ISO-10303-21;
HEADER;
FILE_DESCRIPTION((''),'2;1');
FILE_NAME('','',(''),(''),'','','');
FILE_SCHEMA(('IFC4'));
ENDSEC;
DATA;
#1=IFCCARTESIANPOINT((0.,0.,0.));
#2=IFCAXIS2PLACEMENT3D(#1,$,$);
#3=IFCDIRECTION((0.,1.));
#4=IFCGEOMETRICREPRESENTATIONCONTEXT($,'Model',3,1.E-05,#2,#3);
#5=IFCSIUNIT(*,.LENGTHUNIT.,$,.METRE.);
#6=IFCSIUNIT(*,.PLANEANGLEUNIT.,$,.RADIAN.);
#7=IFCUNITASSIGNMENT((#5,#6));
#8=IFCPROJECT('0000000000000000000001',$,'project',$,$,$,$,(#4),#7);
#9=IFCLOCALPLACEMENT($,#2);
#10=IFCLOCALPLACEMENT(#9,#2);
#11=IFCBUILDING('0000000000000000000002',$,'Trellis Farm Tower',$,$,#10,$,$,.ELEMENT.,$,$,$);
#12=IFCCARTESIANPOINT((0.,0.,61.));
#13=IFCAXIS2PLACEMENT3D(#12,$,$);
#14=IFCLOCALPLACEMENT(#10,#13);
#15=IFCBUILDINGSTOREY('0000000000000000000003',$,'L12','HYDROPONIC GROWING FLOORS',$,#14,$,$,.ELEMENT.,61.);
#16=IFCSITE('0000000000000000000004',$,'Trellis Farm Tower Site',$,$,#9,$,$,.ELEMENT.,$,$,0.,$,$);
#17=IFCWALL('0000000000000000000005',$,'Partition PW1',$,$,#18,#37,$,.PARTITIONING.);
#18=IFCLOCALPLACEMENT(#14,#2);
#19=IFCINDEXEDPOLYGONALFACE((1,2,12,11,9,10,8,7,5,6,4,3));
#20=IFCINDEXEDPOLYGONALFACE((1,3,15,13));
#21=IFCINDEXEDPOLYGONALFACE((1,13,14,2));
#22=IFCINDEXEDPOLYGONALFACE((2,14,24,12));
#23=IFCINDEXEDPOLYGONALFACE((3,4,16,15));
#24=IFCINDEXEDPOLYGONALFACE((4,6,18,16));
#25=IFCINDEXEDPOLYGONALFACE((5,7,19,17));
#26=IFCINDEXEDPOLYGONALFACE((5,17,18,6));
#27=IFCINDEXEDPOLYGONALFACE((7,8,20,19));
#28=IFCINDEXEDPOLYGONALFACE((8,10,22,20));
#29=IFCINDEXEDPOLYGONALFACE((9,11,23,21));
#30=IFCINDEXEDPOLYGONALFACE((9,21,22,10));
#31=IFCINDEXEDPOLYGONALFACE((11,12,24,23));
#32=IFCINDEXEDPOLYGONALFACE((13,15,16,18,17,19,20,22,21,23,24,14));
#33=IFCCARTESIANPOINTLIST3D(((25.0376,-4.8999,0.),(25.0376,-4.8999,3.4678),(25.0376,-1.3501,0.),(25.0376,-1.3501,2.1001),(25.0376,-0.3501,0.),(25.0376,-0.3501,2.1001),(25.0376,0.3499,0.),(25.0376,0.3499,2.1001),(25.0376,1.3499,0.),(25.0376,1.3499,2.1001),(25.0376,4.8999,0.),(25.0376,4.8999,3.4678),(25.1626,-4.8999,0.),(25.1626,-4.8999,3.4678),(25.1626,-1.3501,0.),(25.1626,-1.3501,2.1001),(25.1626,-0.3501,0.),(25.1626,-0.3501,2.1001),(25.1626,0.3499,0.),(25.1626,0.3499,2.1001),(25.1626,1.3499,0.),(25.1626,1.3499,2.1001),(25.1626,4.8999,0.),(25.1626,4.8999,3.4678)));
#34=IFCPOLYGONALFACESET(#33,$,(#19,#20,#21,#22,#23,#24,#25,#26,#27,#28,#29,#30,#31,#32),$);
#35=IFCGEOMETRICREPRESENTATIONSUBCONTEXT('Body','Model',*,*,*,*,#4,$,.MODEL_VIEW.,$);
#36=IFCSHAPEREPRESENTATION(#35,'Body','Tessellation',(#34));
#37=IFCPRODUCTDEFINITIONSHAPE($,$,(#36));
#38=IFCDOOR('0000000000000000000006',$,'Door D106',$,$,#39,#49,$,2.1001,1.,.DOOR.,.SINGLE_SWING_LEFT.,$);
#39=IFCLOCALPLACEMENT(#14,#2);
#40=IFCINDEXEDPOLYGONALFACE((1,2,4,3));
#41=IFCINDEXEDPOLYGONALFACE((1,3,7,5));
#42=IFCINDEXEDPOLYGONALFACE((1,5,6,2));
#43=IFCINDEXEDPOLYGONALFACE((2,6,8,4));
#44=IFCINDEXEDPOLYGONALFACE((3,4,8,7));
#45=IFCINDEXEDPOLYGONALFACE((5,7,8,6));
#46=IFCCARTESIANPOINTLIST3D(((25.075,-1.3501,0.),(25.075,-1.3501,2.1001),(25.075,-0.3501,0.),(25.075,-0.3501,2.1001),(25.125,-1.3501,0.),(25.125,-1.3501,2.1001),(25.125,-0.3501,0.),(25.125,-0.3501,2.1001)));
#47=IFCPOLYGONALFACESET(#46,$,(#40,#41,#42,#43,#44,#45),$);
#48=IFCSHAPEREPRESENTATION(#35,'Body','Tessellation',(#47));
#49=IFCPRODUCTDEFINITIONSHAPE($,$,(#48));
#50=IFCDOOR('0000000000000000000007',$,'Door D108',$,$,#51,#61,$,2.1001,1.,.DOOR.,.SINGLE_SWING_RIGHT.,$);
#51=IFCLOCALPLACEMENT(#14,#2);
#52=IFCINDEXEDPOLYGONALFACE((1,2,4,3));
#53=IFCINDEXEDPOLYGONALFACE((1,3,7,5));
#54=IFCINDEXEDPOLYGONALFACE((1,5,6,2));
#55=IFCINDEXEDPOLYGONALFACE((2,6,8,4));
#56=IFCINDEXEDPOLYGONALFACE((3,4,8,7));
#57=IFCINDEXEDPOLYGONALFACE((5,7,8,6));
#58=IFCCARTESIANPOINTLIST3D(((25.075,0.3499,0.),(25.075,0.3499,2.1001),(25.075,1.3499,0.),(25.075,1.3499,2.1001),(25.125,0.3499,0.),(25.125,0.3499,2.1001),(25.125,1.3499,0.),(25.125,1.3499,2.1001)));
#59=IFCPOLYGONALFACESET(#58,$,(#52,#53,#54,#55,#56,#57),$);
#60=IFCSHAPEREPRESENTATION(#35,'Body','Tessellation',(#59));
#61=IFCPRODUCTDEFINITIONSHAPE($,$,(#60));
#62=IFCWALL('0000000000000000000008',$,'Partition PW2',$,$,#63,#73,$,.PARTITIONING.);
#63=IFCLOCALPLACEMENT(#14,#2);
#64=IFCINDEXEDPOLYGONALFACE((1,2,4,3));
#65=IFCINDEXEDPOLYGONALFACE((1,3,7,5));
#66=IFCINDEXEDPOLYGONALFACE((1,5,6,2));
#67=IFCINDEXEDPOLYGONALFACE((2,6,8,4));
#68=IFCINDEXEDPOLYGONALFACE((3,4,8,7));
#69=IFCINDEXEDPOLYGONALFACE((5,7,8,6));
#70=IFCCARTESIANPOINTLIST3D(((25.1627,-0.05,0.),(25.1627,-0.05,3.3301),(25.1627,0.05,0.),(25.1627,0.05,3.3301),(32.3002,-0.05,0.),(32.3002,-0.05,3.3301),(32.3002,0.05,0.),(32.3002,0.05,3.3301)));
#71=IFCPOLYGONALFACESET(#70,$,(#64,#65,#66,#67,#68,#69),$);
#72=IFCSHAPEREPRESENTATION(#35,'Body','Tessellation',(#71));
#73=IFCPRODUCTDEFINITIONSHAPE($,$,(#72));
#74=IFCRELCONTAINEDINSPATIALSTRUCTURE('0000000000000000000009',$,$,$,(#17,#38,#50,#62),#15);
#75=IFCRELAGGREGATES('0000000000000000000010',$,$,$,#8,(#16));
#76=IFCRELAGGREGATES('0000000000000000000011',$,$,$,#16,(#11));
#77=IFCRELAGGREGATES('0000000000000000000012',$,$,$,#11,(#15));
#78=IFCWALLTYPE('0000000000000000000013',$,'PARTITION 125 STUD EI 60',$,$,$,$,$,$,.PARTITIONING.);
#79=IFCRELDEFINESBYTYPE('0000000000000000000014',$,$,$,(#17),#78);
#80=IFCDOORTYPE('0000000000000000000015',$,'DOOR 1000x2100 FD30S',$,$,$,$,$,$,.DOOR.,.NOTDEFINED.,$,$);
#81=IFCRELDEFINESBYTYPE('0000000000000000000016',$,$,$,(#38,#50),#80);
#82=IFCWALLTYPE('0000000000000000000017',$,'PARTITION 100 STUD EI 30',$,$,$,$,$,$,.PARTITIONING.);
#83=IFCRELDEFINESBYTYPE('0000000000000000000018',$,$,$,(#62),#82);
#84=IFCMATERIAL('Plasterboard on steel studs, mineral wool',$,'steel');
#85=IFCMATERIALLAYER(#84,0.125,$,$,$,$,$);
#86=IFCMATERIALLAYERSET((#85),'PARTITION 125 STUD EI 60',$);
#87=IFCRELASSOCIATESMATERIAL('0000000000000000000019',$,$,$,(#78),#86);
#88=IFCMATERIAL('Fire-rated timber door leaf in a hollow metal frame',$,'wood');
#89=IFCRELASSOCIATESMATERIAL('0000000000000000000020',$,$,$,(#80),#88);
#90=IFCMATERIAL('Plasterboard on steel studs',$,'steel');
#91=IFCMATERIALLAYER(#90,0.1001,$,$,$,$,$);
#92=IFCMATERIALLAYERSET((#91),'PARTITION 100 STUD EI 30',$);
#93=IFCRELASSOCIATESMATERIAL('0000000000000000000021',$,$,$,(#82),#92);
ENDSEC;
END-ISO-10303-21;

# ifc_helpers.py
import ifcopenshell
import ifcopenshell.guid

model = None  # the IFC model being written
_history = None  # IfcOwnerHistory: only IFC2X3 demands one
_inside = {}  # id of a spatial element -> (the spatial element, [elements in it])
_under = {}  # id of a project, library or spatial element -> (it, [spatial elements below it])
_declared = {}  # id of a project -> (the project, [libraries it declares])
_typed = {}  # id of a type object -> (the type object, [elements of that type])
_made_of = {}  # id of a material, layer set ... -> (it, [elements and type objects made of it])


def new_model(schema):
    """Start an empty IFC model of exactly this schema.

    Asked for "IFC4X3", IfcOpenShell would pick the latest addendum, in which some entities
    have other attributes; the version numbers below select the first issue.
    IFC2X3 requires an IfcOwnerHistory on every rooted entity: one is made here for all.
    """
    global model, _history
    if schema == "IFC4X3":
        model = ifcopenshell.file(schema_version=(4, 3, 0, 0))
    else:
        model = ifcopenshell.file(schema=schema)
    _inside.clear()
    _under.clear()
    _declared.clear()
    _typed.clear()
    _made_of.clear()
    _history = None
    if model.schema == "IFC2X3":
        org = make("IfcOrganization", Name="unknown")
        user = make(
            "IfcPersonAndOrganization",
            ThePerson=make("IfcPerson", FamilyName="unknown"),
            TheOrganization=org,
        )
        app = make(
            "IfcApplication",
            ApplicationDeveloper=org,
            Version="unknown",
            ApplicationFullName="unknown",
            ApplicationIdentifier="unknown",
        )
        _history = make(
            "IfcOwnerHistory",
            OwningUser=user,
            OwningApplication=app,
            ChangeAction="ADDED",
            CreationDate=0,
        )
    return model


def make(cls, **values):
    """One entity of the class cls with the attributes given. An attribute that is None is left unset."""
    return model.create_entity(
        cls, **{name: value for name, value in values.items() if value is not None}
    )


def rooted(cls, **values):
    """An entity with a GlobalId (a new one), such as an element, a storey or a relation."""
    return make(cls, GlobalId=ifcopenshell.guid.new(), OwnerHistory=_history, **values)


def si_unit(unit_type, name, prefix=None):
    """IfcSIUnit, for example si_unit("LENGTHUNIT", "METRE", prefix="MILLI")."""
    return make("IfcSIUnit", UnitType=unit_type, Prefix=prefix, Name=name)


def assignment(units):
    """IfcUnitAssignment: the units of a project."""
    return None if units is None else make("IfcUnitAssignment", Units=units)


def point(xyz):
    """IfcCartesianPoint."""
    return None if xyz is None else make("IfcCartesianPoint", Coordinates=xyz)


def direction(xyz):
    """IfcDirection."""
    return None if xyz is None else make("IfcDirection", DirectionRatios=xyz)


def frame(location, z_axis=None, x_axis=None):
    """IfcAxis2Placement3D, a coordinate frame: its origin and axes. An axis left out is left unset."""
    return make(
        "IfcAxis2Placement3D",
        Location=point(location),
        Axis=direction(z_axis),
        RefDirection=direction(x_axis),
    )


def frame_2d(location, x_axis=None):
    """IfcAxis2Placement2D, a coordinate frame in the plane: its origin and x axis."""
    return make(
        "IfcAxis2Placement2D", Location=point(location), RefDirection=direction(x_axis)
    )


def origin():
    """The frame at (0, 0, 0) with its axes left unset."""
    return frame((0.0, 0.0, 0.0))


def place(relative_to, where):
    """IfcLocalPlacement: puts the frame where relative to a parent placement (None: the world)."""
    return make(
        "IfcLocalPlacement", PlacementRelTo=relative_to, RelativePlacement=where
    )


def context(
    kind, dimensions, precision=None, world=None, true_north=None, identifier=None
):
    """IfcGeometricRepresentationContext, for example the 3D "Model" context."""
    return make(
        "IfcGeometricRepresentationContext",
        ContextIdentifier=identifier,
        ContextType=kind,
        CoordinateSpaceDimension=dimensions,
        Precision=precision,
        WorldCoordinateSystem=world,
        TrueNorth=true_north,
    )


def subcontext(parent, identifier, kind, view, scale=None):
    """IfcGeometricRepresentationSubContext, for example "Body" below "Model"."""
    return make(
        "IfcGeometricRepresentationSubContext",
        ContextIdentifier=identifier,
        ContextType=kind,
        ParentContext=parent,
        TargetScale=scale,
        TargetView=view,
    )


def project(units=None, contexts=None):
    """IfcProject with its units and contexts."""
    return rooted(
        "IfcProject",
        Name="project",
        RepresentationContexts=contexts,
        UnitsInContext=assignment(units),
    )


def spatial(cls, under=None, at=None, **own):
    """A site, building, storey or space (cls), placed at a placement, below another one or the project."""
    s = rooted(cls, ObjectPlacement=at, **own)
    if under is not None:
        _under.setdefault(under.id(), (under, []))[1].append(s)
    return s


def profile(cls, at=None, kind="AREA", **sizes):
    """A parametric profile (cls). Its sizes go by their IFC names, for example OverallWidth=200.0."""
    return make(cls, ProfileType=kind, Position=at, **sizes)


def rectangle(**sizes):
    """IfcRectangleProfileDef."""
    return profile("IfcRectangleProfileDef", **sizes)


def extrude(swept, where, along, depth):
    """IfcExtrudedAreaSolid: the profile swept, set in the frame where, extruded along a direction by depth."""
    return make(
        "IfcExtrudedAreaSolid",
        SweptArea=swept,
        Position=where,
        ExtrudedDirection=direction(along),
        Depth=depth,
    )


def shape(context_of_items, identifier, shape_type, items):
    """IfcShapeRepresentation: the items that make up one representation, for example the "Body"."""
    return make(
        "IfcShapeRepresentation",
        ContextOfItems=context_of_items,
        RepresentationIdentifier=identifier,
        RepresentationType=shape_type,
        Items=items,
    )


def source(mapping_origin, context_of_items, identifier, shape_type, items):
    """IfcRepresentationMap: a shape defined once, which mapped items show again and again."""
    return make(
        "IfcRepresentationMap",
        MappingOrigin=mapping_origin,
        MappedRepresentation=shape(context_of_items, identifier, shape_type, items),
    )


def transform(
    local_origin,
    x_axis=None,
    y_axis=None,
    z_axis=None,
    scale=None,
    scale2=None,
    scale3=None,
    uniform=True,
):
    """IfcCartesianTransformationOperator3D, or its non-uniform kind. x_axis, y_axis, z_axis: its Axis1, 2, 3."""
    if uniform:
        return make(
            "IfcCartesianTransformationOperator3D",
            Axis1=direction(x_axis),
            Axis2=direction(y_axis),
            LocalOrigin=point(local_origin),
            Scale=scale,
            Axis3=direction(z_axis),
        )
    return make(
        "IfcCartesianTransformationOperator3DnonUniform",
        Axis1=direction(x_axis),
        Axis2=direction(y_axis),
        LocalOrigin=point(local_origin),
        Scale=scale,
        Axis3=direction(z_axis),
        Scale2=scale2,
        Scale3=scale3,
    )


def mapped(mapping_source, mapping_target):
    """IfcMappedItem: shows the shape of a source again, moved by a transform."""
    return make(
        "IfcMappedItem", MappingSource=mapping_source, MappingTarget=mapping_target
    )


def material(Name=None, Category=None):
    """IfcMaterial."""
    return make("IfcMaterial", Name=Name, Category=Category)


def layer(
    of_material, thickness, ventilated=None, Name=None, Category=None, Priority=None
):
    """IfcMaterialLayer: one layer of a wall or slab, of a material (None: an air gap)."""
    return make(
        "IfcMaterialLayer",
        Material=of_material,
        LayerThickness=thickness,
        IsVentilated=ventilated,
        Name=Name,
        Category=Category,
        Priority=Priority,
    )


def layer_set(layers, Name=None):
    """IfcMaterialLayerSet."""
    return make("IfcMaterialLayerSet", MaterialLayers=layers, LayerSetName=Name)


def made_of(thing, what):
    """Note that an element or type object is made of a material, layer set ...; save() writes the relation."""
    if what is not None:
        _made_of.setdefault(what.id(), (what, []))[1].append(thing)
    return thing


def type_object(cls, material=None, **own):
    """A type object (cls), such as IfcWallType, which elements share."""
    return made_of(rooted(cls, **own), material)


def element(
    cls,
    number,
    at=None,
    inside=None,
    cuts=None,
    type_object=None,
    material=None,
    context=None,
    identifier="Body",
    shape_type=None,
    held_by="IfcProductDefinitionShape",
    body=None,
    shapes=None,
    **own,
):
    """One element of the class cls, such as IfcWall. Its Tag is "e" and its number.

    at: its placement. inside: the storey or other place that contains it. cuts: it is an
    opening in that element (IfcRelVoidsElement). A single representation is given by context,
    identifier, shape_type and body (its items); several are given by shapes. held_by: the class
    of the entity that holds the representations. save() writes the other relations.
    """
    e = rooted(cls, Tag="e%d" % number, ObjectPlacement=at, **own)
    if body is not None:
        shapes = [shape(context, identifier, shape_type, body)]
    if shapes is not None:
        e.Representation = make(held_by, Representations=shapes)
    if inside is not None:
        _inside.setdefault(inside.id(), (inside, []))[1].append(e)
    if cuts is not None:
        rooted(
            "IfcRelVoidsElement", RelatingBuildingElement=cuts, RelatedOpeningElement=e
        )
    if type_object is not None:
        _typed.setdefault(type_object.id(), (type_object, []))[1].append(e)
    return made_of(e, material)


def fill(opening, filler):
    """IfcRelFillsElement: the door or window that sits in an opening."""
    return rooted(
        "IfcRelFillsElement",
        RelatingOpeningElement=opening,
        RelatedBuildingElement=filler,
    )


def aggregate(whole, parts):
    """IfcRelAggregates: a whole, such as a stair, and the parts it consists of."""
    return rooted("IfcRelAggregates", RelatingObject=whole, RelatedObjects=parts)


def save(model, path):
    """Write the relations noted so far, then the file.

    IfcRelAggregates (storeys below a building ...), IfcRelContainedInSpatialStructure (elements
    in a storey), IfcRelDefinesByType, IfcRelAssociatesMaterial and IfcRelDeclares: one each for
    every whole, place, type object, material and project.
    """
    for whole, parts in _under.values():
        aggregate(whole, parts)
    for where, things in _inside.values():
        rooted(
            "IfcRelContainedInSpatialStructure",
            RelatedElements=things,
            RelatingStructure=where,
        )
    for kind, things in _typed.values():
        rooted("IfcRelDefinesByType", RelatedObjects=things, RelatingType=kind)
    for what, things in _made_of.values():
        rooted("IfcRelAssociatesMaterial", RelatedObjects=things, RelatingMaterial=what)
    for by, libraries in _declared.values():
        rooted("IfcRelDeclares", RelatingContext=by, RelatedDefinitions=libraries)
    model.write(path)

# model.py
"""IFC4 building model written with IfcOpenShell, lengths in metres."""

from ifc_helpers import new_model, si_unit, direction, frame, frame_2d, origin, place, context, subcontext, project, spatial, rectangle, extrude, source, transform, mapped, material, layer, layer_set, type_object, element, fill, save


model = new_model("IFC4")

# Units and contexts
model_context = context("Model", 3, precision=1e-05, world=origin(), true_north=direction((0.0, 1.0)))
body_context = subcontext(model_context, "Body", "Model", "MODEL_VIEW")
ifc_project = project(units=[si_unit("LENGTHUNIT", "METRE"), si_unit("PLANEANGLEUNIT", "RADIAN")], contexts=[model_context])

# Site, building, storey
site_placement = place(None, origin())
site = spatial("IfcSite", under=ifc_project, at=site_placement, Name="Trellis Farm Tower Site", CompositionType="ELEMENT", RefElevation=0.0)
building_placement = place(site_placement, origin())
building = spatial("IfcBuilding", under=site, at=building_placement, Name="Trellis Farm Tower", CompositionType="ELEMENT")
storey_placement = place(building_placement, frame((0.0, 0.0, 61.0)))
storey = spatial("IfcBuildingStorey", under=building, at=storey_placement, Name="L12", Description="HYDROPONIC GROWING FLOORS", CompositionType="ELEMENT", Elevation=61.0)

# Wall, openings, doors
ifc_material_1 = material(Name="Plasterboard on steel studs, mineral wool", Category="steel")
ifc_layer_1 = layer(ifc_material_1, 0.125)
ifc_layer_set_1 = layer_set([ifc_layer_1], Name="PARTITION 125 STUD EI 60")
wall_type_1 = type_object("IfcWallType", Name="PARTITION 125 STUD EI 60", PredefinedType="PARTITIONING", material=ifc_layer_set_1)
shared_shape_1 = source(origin(), body_context, "Body", "SweptSolid", [
    extrude(rectangle(XDim=9.7998, YDim=0.125, at=frame_2d((4.8999, 0.0))), origin(), (0.0, 0.0, 1.0), 3.4678),
])
wall_1_placement = place(storey_placement, frame((25.1001, 4.8999, 0.0), z_axis=(0.0, 0.0, 1.0), x_axis=(0.0, -1.0, 0.0)))
wall_1 = element("IfcWall", 1, at=wall_1_placement, inside=storey, type_object=wall_type_1, Name="Partition PW1", PredefinedType="PARTITIONING", context=body_context, shape_type="MappedRepresentation", body=[
    mapped(shared_shape_1, transform((0.0, 0.0, 0.0))),
])
shared_shape_2 = source(origin(), body_context, "Body", "SweptSolid", [
    extrude(rectangle(XDim=1.0, YDim=2.1001, at=frame_2d((0.5, 1.05))), frame((0.0, 0.0725, 0.0), z_axis=(0.0, -1.0, 0.0), x_axis=(1.0, 0.0, 0.0)), (0.0, 0.0, 1.0), 0.145),
])
opening_1_placement = place(wall_1_placement, frame((5.25, 0.0, 0.0)))
opening_1 = element("IfcOpeningElement", 2, at=opening_1_placement, cuts=wall_1, PredefinedType="OPENING", context=body_context, shape_type="MappedRepresentation", body=[
    mapped(shared_shape_2, transform((0.0, 0.0, 0.0))),
])
opening_2_placement = place(wall_1_placement, frame((3.55, 0.0, 0.0)))
opening_2 = element("IfcOpeningElement", 3, at=opening_2_placement, cuts=wall_1, PredefinedType="OPENING", context=body_context, shape_type="MappedRepresentation", body=[
    mapped(shared_shape_2, transform((0.0, 0.0, 0.0))),
])
ifc_material_2 = material(Name="Fire-rated timber door leaf in a hollow metal frame", Category="wood")
door_type_1 = type_object("IfcDoorType", Name="DOOR 1000x2100 FD30S", OperationType="NOTDEFINED", PredefinedType="DOOR", material=ifc_material_2)
shared_shape_3 = source(origin(), body_context, "Body", "SweptSolid", [
    extrude(rectangle(XDim=1.0, YDim=2.1001, at=frame_2d((0.5, 1.05))), frame((0.0, 0.0249, 0.0), z_axis=(0.0, -1.0, 0.0), x_axis=(1.0, 0.0, 0.0)), (0.0, 0.0, 1.0), 0.05),
])
door_1_placement = place(opening_1_placement, origin())
door_1 = element("IfcDoor", 4, at=door_1_placement, inside=storey, type_object=door_type_1, Name="Door D106", OperationType="SINGLE_SWING_LEFT", OverallHeight=2.1001, OverallWidth=1.0, PredefinedType="DOOR", context=body_context, shape_type="MappedRepresentation", body=[
    mapped(shared_shape_3, transform((0.0, 0.0, 0.0))),
])
fill(opening_1, door_1)
door_2_placement = place(opening_2_placement, origin())
door_2 = element("IfcDoor", 5, at=door_2_placement, inside=storey, type_object=door_type_1, Name="Door D108", OperationType="SINGLE_SWING_RIGHT", OverallHeight=2.1001, OverallWidth=1.0, PredefinedType="DOOR", context=body_context, shape_type="MappedRepresentation", body=[
    mapped(shared_shape_3, transform((0.0, 0.0, 0.0))),
])
fill(opening_2, door_2)

# Wall
ifc_material_3 = material(Name="Plasterboard on steel studs", Category="steel")
ifc_layer_2 = layer(ifc_material_3, 0.1001)
ifc_layer_set_2 = layer_set([ifc_layer_2], Name="PARTITION 100 STUD EI 30")
wall_type_2 = type_object("IfcWallType", Name="PARTITION 100 STUD EI 30", PredefinedType="PARTITIONING", material=ifc_layer_set_2)
shared_shape_4 = source(origin(), body_context, "Body", "SweptSolid", [
    extrude(rectangle(XDim=7.1375, YDim=0.1001, at=frame_2d((3.5688, 0.0))), origin(), (0.0, 0.0, 1.0), 3.3301),
])
wall_2_placement = place(storey_placement, frame((25.1626, 0.0, 0.0), z_axis=(0.0, 0.0, 1.0), x_axis=(1.0, 0.0, 0.0)))
element("IfcWall", 6, at=wall_2_placement, inside=storey, type_object=wall_type_2, Name="Partition PW2", PredefinedType="PARTITIONING", context=body_context, shape_type="MappedRepresentation", body=[
    mapped(shared_shape_4, transform((0.0, 0.0, 0.0))),
])

save(model, "model.ifc")
